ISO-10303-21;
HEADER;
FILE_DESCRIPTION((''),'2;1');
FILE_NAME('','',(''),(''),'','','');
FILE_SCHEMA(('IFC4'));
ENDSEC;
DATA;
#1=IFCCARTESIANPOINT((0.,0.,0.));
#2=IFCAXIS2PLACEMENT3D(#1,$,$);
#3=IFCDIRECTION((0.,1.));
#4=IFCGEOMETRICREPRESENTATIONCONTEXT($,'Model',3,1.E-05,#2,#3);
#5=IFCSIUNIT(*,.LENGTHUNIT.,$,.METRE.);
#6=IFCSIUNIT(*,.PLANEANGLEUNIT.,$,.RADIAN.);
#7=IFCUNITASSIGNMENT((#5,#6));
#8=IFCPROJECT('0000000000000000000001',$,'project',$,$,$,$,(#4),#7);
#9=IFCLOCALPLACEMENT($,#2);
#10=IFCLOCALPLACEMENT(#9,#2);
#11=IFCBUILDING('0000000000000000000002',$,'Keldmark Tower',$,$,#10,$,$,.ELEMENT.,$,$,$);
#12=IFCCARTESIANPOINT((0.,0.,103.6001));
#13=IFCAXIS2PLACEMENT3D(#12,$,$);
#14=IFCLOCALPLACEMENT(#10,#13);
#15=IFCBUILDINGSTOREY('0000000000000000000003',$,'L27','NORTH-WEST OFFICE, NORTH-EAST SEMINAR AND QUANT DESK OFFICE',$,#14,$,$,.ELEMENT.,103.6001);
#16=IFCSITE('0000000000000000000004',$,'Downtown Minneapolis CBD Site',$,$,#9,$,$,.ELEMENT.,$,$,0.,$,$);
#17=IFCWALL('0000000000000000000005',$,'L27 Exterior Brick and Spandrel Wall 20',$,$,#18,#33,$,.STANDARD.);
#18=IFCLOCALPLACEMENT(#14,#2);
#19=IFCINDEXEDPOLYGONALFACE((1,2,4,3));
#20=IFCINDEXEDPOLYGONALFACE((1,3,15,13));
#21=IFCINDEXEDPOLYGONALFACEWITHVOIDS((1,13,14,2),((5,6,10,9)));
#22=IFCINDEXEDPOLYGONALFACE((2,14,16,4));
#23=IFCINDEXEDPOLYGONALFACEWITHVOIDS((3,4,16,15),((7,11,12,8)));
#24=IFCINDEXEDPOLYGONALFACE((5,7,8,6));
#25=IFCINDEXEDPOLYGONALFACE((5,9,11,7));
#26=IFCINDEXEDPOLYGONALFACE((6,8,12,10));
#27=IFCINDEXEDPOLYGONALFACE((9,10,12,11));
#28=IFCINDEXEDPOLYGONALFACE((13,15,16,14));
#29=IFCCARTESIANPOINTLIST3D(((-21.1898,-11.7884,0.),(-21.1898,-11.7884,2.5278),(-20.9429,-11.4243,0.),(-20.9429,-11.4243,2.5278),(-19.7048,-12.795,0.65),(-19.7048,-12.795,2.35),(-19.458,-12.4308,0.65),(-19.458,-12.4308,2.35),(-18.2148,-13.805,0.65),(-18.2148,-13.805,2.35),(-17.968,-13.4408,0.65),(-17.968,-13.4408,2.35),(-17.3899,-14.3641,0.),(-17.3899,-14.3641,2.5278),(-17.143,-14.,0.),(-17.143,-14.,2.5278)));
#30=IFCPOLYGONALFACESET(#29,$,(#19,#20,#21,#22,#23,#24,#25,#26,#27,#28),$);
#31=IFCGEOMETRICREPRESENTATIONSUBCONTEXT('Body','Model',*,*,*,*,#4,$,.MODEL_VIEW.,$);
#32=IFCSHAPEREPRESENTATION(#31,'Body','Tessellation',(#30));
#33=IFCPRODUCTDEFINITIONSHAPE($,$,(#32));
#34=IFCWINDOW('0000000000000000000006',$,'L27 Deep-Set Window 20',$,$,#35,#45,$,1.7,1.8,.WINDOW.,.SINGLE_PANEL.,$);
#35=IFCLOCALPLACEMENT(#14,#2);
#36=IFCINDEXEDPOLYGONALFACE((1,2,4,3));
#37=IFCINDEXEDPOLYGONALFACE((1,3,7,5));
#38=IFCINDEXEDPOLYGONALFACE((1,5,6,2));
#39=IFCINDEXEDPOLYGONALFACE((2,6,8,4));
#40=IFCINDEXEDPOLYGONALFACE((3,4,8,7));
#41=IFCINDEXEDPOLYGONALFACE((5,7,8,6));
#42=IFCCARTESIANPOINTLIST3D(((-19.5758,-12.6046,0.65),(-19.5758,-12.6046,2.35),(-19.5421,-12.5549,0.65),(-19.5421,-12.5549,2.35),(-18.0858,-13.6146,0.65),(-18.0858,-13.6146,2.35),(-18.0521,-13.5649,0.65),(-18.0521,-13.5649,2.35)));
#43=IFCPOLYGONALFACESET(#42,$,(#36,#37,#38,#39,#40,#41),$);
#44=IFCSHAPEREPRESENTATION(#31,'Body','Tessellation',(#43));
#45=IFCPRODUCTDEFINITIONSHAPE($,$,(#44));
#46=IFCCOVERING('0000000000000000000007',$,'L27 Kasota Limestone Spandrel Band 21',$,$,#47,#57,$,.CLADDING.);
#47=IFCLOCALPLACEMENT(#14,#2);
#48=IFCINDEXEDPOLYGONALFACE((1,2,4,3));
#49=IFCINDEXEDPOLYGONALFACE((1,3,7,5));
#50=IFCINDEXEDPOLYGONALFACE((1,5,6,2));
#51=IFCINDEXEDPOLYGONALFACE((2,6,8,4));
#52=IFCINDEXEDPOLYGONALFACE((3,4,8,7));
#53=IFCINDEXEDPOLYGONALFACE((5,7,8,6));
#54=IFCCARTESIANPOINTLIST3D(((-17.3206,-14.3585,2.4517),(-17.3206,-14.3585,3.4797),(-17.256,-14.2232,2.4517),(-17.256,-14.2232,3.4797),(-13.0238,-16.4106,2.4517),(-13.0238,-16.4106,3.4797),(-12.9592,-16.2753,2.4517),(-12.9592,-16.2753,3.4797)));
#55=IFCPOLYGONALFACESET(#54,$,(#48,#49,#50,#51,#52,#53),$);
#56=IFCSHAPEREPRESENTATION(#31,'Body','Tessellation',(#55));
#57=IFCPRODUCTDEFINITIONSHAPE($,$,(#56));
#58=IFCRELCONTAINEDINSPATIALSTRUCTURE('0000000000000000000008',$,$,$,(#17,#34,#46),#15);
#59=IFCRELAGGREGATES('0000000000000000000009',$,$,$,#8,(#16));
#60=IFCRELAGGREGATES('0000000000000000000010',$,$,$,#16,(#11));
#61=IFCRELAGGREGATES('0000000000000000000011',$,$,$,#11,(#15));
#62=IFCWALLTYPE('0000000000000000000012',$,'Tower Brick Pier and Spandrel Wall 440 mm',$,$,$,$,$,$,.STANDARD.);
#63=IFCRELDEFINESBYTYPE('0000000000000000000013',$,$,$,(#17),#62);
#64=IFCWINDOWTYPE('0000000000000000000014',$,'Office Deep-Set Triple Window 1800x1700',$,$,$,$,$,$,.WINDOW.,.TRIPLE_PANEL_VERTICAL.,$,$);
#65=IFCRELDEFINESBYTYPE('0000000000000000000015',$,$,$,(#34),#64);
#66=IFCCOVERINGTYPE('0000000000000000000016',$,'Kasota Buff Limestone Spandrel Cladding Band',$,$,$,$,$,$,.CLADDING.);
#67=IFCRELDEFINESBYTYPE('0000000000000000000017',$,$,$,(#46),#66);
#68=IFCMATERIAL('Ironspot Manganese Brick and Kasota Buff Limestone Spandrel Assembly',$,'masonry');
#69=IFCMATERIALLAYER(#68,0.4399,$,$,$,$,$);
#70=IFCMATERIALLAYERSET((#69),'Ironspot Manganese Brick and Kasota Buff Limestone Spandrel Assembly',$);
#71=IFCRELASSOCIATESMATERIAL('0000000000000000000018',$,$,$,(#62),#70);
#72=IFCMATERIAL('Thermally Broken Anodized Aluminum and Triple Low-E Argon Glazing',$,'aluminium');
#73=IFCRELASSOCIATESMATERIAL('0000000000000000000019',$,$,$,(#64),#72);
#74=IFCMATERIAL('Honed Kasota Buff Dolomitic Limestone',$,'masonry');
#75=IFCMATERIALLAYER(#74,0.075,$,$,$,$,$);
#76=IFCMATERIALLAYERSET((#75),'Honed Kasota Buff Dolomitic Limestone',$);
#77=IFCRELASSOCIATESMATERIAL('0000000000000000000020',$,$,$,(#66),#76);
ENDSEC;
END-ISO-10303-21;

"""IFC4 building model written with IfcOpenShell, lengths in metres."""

from ifc_helpers import new_model, si_unit, direction, frame, frame_2d, origin, origin_2d, place, context, subcontext, project, spatial, rectangle, extrude, material, layer, layer_set, type_object, element, fill, save


model = new_model("IFC4")

# Units and contexts
model_context = context("Model", 3, precision=1e-05, world=origin(), true_north=direction((0.0, 1.0)))
body_context = subcontext(model_context, "Body", "Model", "MODEL_VIEW")
ifc_project = project(units=[si_unit("LENGTHUNIT", "METRE"), si_unit("PLANEANGLEUNIT", "RADIAN")], contexts=[model_context])

# Site, building, storey
site_placement = place(None, origin())
site = spatial("IfcSite", under=ifc_project, at=site_placement, Name="Downtown Minneapolis CBD Site", CompositionType="ELEMENT", RefElevation=0.0)
building_placement = place(site_placement, origin())
building = spatial("IfcBuilding", under=site, at=building_placement, Name="Keldmark Tower", CompositionType="ELEMENT")
storey_placement = place(building_placement, frame((0.0, 0.0, 103.6001)))
storey = spatial("IfcBuildingStorey", under=building, at=storey_placement, Name="L27", Description="NORTH-WEST OFFICE, NORTH-EAST SEMINAR AND QUANT DESK OFFICE", CompositionType="ELEMENT", Elevation=103.6001)

# Wall, opening, window
ifc_material_1 = material(Name="Ironspot Manganese Brick and Kasota Buff Limestone Spandrel Assembly", Category="masonry")
ifc_layer_1 = layer(ifc_material_1, 0.4399)
ifc_layer_set_1 = layer_set([ifc_layer_1], Name="Ironspot Manganese Brick and Kasota Buff Limestone Spandrel Assembly")
wall_type_1 = type_object("IfcWallType", Name="Tower Brick Pier and Spandrel Wall 440 mm", PredefinedType="STANDARD", material=ifc_layer_set_1)
wall_1_placement = place(storey_placement, frame((-17.2664, -14.1821, 0.0), z_axis=(0.0, 0.0, 1.0), x_axis=(-0.827755, 0.56109, 0.0)))
wall_1 = element("IfcWall", 1, at=wall_1_placement, inside=storey, type_object=wall_type_1, Name="L27 Exterior Brick and Spandrel Wall 20", PredefinedType="STANDARD", context=body_context, shape_type="SweptSolid", body=[
    extrude(rectangle(XDim=4.5906, YDim=0.4399, at=frame_2d((2.2954, 0.0))), origin(), (0.0, 0.0, 1.0), 2.5278),
])
opening_1_placement = place(wall_1_placement, frame((0.9968, 0.0, 0.6499)))
opening_1 = element("IfcOpeningElement", 2, at=opening_1_placement, cuts=wall_1, PredefinedType="OPENING", context=body_context, shape_type="SweptSolid", body=[
    extrude(rectangle(XDim=1.8, YDim=1.7, at=frame_2d((0.8999, 0.8501))), frame((0.0, 0.23, 0.0), z_axis=(0.0, -1.0, 0.0), x_axis=(1.0, 0.0, 0.0)), (0.0, 0.0, 1.0), 0.46),
])
ifc_material_2 = material(Name="Thermally Broken Anodized Aluminum and Triple Low-E Argon Glazing", Category="aluminium")
window_type = type_object("IfcWindowType", Name="Office Deep-Set Triple Window 1800x1700", PartitioningType="TRIPLE_PANEL_VERTICAL", PredefinedType="WINDOW", material=ifc_material_2)
window_placement = place(opening_1_placement, origin())
window = element("IfcWindow", 3, at=window_placement, inside=storey, type_object=window_type, Name="L27 Deep-Set Window 20", OverallHeight=1.7, OverallWidth=1.8, PartitioningType="SINGLE_PANEL", PredefinedType="WINDOW", context=body_context, shape_type="SweptSolid", body=[
    extrude(rectangle(XDim=1.8, YDim=1.7, at=frame_2d((0.8999, 0.8501))), frame((0.0, -0.01, 0.0), z_axis=(0.0, -1.0, 0.0), x_axis=(1.0, 0.0, 0.0)), (0.0, 0.0, 1.0), 0.0601),
])
fill(opening_1, window)

# Covering
ifc_material_3 = material(Name="Honed Kasota Buff Dolomitic Limestone", Category="masonry")
ifc_layer_2 = layer(ifc_material_3, 0.075)
ifc_layer_set_2 = layer_set([ifc_layer_2], Name="Honed Kasota Buff Dolomitic Limestone")
covering_type = type_object("IfcCoveringType", Name="Kasota Buff Limestone Spandrel Cladding Band", PredefinedType="CLADDING", material=ifc_layer_set_2)
covering_placement = place(storey_placement, frame((-15.1399, -15.3169, 2.4517), z_axis=(0.0, 0.0, 1.0), x_axis=(0.902367, -0.430968, 0.0)))
element("IfcCovering", 4, at=covering_placement, inside=storey, type_object=covering_type, Name="L27 Kasota Limestone Spandrel Band 21", PredefinedType="CLADDING", context=body_context, shape_type="SweptSolid", body=[
    extrude(rectangle(XDim=4.7617, YDim=0.1499, at=origin_2d()), origin(), (0.0, 0.0, 1.0), 1.0281),
])

save(model, "model.ifc")
